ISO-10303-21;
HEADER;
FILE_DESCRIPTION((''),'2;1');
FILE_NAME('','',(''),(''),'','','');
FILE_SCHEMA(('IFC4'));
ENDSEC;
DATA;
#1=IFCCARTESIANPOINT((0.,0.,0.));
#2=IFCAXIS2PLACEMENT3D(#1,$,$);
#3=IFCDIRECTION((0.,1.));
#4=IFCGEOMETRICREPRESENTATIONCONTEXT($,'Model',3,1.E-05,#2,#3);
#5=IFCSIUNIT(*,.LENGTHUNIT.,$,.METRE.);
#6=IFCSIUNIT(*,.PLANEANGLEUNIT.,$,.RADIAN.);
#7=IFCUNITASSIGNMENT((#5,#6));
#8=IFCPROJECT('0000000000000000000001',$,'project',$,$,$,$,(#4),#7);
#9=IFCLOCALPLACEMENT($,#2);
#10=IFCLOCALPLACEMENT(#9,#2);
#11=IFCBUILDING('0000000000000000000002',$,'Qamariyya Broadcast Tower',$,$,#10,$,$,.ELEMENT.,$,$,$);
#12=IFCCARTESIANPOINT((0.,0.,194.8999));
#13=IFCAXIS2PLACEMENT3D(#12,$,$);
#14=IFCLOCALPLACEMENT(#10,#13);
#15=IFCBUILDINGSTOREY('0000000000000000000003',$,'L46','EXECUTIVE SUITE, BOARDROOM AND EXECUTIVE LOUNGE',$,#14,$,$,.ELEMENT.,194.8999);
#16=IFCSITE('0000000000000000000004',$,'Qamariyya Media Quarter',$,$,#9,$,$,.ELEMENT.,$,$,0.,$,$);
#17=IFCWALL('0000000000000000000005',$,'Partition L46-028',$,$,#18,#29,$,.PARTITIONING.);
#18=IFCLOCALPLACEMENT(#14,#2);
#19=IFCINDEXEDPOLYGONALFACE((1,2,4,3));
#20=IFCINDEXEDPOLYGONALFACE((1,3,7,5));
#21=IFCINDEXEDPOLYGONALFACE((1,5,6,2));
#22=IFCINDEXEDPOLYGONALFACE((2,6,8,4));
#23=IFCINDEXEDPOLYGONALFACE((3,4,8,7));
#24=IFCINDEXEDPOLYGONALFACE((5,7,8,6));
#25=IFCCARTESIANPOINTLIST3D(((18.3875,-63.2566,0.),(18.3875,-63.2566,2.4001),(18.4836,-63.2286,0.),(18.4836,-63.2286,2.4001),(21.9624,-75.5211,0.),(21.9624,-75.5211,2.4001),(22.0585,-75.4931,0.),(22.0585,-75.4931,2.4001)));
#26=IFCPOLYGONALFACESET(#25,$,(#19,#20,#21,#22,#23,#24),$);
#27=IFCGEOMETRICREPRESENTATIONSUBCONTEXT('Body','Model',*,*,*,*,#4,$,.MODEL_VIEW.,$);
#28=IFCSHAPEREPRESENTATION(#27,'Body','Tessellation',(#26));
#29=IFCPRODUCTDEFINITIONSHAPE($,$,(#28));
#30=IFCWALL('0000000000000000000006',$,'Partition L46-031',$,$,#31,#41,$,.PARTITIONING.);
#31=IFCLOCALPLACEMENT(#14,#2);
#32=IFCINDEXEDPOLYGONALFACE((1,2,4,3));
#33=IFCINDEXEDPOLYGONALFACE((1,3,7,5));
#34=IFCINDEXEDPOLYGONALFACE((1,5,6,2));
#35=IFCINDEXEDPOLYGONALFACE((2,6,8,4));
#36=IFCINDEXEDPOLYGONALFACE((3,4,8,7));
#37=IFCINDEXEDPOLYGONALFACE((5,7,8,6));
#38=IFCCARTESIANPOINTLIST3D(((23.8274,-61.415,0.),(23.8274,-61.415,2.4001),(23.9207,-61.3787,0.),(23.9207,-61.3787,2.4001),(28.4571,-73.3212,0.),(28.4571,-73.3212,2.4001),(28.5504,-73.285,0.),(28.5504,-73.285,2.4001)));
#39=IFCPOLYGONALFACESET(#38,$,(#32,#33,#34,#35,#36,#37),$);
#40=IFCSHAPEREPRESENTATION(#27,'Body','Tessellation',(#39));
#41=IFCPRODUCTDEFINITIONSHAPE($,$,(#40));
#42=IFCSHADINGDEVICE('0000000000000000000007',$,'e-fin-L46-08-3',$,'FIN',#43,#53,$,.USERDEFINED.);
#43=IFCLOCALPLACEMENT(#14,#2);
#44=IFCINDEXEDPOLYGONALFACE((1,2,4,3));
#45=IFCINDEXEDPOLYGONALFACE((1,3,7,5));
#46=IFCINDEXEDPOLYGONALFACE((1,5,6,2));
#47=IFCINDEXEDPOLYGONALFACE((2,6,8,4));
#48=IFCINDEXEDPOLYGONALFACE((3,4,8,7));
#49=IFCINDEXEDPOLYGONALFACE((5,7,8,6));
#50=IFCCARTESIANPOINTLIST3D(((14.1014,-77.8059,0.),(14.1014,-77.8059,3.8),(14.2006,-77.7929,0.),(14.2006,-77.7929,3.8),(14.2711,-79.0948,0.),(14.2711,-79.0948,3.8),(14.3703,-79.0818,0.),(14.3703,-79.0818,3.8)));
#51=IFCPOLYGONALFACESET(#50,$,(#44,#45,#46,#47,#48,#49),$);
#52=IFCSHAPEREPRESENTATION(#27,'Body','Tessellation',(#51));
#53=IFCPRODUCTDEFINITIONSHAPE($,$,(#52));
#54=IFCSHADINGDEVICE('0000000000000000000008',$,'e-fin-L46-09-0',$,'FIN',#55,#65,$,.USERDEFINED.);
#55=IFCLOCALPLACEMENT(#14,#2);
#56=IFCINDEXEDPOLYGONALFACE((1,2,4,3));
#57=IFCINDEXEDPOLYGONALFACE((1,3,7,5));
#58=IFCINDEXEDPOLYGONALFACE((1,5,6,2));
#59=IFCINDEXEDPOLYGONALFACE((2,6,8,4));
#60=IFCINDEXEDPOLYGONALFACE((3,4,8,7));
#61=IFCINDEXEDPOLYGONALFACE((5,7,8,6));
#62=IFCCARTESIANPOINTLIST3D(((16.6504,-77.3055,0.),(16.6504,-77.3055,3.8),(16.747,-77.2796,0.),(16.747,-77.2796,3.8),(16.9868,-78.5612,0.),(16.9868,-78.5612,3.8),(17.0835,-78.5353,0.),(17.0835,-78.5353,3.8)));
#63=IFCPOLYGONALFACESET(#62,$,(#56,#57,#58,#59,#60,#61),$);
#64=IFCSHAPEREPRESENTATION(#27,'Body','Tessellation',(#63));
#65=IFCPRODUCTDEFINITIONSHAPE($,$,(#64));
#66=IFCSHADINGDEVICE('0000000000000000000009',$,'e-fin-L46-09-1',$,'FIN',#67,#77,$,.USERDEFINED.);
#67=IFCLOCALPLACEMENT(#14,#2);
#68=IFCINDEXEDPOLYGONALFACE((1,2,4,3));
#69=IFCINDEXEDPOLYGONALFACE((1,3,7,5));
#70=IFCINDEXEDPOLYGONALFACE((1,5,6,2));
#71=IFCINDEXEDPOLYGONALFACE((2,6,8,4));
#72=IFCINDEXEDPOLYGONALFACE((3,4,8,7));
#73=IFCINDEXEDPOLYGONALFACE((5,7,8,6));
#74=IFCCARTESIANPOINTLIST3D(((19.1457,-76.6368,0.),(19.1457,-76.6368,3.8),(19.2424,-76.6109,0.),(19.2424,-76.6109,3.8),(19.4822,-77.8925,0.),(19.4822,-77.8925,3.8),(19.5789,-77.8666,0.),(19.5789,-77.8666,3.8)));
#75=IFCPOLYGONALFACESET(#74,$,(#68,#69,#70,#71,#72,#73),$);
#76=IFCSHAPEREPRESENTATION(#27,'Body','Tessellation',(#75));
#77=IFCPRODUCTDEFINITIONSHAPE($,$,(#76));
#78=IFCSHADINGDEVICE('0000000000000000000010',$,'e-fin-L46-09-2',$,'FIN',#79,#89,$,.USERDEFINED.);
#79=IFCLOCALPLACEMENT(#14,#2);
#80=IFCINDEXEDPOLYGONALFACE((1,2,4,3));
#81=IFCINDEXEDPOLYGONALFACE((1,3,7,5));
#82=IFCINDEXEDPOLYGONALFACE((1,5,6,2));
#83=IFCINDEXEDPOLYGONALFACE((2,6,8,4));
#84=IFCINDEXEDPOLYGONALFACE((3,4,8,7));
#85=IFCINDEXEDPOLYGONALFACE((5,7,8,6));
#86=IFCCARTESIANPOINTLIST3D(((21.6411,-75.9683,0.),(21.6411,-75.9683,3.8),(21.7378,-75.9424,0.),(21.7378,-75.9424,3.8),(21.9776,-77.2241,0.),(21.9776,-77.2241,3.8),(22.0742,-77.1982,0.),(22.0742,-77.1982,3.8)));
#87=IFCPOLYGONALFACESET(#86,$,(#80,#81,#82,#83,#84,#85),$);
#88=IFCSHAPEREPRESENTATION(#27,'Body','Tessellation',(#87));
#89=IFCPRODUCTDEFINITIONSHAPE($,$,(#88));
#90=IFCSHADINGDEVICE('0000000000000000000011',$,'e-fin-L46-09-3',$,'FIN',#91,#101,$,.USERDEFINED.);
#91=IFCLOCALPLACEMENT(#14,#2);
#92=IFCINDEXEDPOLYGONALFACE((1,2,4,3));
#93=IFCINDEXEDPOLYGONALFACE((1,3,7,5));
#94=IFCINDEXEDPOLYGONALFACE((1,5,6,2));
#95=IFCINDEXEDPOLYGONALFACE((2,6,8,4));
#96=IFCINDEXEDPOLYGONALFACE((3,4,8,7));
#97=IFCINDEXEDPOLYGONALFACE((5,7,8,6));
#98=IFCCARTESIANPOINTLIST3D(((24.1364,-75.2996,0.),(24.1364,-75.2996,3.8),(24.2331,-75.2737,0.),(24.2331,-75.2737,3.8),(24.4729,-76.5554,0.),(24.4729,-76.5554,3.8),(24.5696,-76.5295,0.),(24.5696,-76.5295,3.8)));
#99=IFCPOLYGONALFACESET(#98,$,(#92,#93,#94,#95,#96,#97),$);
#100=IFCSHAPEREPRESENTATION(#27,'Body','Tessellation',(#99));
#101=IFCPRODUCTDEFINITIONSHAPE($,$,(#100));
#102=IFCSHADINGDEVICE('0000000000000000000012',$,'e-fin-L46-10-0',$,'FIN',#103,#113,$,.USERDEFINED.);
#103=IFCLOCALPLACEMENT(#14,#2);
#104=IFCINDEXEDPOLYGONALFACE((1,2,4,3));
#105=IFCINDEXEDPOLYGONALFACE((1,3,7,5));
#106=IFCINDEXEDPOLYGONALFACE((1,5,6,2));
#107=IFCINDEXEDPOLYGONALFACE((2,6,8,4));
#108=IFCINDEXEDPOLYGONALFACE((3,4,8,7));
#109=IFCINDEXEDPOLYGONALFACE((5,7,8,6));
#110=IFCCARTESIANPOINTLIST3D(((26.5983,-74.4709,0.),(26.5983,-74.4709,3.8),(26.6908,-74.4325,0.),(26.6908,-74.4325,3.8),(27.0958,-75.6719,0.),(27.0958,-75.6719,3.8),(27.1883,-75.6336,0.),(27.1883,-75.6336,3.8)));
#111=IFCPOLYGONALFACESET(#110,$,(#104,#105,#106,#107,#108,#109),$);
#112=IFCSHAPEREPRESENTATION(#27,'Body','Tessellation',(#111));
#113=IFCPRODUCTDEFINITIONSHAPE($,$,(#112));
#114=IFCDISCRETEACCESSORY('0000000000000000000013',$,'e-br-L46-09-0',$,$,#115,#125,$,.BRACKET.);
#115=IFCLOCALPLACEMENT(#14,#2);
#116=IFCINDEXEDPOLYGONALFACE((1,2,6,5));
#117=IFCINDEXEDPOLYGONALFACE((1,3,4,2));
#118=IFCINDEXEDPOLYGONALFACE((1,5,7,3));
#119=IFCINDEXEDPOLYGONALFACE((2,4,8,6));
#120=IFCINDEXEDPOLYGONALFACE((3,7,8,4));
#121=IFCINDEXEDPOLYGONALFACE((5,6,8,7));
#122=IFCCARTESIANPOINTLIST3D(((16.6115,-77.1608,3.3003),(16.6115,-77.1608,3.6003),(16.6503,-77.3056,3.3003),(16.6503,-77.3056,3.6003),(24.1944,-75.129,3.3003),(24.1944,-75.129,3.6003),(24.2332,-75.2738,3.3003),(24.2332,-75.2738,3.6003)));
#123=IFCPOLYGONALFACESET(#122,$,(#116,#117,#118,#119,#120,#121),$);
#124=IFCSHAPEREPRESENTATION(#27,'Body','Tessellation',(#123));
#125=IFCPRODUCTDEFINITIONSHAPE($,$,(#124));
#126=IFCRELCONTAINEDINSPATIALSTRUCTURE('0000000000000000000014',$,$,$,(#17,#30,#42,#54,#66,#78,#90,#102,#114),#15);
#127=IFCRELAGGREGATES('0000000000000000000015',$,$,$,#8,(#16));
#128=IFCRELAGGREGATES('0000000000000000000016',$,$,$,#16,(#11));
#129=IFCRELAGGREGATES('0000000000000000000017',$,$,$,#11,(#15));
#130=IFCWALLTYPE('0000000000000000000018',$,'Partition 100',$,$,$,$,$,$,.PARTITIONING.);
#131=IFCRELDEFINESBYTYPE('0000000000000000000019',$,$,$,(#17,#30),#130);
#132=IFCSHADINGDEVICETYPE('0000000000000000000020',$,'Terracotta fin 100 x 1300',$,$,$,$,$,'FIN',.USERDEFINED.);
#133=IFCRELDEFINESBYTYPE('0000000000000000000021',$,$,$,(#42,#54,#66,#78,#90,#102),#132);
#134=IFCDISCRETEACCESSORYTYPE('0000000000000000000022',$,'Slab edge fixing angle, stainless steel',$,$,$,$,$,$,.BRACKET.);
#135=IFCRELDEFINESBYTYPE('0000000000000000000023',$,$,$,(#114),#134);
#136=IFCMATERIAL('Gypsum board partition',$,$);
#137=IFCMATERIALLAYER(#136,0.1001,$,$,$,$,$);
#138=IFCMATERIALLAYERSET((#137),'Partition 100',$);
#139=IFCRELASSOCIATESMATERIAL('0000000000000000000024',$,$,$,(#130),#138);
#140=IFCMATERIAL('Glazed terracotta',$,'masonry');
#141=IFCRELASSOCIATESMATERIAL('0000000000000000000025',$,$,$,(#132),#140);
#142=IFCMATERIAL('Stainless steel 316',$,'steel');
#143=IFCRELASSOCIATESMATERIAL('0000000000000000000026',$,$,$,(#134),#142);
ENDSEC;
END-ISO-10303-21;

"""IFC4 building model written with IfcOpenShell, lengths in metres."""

from ifc_helpers import new_model, si_unit, direction, frame, frame_2d, origin, origin_2d, place, context, subcontext, project, spatial, rectangle, extrude, material, layer, layer_set, material_profile, profile_set, type_object, element, save


model = new_model("IFC4")

# Units and contexts
model_context = context("Model", 3, precision=1e-05, world=origin(), true_north=direction((0.0, 1.0)))
body_context = subcontext(model_context, "Body", "Model", "MODEL_VIEW")
ifc_project = project(units=[si_unit("LENGTHUNIT", "METRE"), si_unit("PLANEANGLEUNIT", "RADIAN")], contexts=[model_context])

# Site, building, storey
site_placement = place(None, origin())
site = spatial("IfcSite", under=ifc_project, at=site_placement, Name="Qamariyya Media Quarter", CompositionType="ELEMENT", RefElevation=0.0)
building_placement = place(site_placement, origin())
building = spatial("IfcBuilding", under=site, at=building_placement, Name="Qamariyya Broadcast Tower", CompositionType="ELEMENT")
storey_placement = place(building_placement, frame((0.0, 0.0, 194.8999)))
storey = spatial("IfcBuildingStorey", under=building, at=storey_placement, Name="L46", Description="EXECUTIVE SUITE, BOARDROOM AND EXECUTIVE LOUNGE", CompositionType="ELEMENT", Elevation=194.8999)

# Shared definitions
ifc_material_1 = material(Name="Gypsum board partition")

# Walls
ifc_layer_1 = layer(ifc_material_1, 0.1001)
ifc_layer_set_1 = layer_set([ifc_layer_1], Name="Partition 100")
wall_type_1 = type_object("IfcWallType", Name="Partition 100", PredefinedType="PARTITIONING", material=ifc_layer_set_1)
wall_1_placement = place(storey_placement, frame((22.0105, -75.5071, 0.0), z_axis=(0.0, 0.0, 1.0), x_axis=(-0.279844, 0.960046, 0.0)))
element("IfcWall", 1, at=wall_1_placement, inside=storey, type_object=wall_type_1, Name="Partition L46-028", PredefinedType="PARTITIONING", context=body_context, shape_type="SweptSolid", body=[
    extrude(rectangle(XDim=12.7749, YDim=0.1001, at=frame_2d((6.3875, 0.0))), origin(), (0.0, 0.0, 1.0), 2.4001),
])
wall_2_placement = place(storey_placement, frame((28.5037, -73.303, 0.0), z_axis=(0.0, 0.0, 1.0), x_axis=(-0.362408, 0.93202, 0.0)))
element("IfcWall", 2, at=wall_2_placement, inside=storey, type_object=wall_type_1, Name="Partition L46-031", PredefinedType="PARTITIONING", context=body_context, shape_type="SweptSolid", body=[
    extrude(rectangle(XDim=12.7747, YDim=0.1001, at=frame_2d((6.3872, 0.0))), origin(), (0.0, 0.0, 1.0), 2.4001),
])

# Shading devices
ifc_material_2 = material(Name="Glazed terracotta", Category="masonry")
ifc_material_profile_1 = material_profile(ifc_material_2, rectangle(XDim=1.3, YDim=0.1001, at=origin_2d()))
ifc_profile_set_1 = profile_set([ifc_material_profile_1], Name="Glazed terracotta")
shading_device_type_1 = type_object("IfcShadingDeviceType", Name="Terracotta fin 100 x 1300", ElementType="FIN", PredefinedType="USERDEFINED", material=ifc_profile_set_1)
for number, where, z_axis, x_axis, name in (
    (3, (14.2358, -78.4438, 0.0), (0.0, 0.0, 1.0), (0.130526, -0.991445, 0.0), "e-fin-L46-08-3"),
    (4, (16.8669, -77.9204, 0.0), (0.0, 0.0, 1.0), (0.258819, -0.965926, 0.0), "e-fin-L46-09-0"),
    (5, (19.3623, -77.2517, 0.0), (0.0, 0.0, 1.0), (0.258819, -0.965926, 0.0), "e-fin-L46-09-1"),
    (6, (21.8577, -76.5833, 0.0), (0.0, 0.0, 1.0), (0.258819, -0.965926, 0.0), "e-fin-L46-09-2"),
    (7, (24.353, -75.9146, 0.0), (0.0, 0.0, 1.0), (0.258819, -0.965926, 0.0), "e-fin-L46-09-3"),
    (8, (26.8933, -75.0522, 0.0), (0.0, 0.0, 1.0), (0.382683, -0.92388, 0.0), "e-fin-L46-10-0"),
):
    element("IfcShadingDevice", number, at=place(storey_placement, frame(where, z_axis=z_axis, x_axis=x_axis)), inside=storey, type_object=shading_device_type_1, Name=name, ObjectType="FIN", PredefinedType="USERDEFINED", context=body_context, shape_type="SweptSolid", body=[
        extrude(rectangle(XDim=1.3, YDim=0.1001, at=origin_2d()), origin(), (0.0, 0.0, 1.0), 3.8),
    ])

# Discrete accessory
ifc_material_3 = material(Name="Stainless steel 316", Category="steel")
discrete_accessory_type = type_object("IfcDiscreteAccessoryType", Name="Slab edge fixing angle, stainless steel", PredefinedType="BRACKET", material=ifc_material_3)
discrete_accessory_placement = place(storey_placement, frame((20.4224, -76.2173, 3.3003), z_axis=(0.0, 0.0, 1.0), x_axis=(0.965926, 0.258819, 0.0)))
element("IfcDiscreteAccessory", 9, at=discrete_accessory_placement, inside=storey, type_object=discrete_accessory_type, Name="e-br-L46-09-0", PredefinedType="BRACKET", context=body_context, shape_type="SweptSolid", body=[
    extrude(rectangle(XDim=7.8503, YDim=0.1499, at=origin_2d()), origin(), (0.0, 0.0, 1.0), 0.3),
])

save(model, "model.ifc")
